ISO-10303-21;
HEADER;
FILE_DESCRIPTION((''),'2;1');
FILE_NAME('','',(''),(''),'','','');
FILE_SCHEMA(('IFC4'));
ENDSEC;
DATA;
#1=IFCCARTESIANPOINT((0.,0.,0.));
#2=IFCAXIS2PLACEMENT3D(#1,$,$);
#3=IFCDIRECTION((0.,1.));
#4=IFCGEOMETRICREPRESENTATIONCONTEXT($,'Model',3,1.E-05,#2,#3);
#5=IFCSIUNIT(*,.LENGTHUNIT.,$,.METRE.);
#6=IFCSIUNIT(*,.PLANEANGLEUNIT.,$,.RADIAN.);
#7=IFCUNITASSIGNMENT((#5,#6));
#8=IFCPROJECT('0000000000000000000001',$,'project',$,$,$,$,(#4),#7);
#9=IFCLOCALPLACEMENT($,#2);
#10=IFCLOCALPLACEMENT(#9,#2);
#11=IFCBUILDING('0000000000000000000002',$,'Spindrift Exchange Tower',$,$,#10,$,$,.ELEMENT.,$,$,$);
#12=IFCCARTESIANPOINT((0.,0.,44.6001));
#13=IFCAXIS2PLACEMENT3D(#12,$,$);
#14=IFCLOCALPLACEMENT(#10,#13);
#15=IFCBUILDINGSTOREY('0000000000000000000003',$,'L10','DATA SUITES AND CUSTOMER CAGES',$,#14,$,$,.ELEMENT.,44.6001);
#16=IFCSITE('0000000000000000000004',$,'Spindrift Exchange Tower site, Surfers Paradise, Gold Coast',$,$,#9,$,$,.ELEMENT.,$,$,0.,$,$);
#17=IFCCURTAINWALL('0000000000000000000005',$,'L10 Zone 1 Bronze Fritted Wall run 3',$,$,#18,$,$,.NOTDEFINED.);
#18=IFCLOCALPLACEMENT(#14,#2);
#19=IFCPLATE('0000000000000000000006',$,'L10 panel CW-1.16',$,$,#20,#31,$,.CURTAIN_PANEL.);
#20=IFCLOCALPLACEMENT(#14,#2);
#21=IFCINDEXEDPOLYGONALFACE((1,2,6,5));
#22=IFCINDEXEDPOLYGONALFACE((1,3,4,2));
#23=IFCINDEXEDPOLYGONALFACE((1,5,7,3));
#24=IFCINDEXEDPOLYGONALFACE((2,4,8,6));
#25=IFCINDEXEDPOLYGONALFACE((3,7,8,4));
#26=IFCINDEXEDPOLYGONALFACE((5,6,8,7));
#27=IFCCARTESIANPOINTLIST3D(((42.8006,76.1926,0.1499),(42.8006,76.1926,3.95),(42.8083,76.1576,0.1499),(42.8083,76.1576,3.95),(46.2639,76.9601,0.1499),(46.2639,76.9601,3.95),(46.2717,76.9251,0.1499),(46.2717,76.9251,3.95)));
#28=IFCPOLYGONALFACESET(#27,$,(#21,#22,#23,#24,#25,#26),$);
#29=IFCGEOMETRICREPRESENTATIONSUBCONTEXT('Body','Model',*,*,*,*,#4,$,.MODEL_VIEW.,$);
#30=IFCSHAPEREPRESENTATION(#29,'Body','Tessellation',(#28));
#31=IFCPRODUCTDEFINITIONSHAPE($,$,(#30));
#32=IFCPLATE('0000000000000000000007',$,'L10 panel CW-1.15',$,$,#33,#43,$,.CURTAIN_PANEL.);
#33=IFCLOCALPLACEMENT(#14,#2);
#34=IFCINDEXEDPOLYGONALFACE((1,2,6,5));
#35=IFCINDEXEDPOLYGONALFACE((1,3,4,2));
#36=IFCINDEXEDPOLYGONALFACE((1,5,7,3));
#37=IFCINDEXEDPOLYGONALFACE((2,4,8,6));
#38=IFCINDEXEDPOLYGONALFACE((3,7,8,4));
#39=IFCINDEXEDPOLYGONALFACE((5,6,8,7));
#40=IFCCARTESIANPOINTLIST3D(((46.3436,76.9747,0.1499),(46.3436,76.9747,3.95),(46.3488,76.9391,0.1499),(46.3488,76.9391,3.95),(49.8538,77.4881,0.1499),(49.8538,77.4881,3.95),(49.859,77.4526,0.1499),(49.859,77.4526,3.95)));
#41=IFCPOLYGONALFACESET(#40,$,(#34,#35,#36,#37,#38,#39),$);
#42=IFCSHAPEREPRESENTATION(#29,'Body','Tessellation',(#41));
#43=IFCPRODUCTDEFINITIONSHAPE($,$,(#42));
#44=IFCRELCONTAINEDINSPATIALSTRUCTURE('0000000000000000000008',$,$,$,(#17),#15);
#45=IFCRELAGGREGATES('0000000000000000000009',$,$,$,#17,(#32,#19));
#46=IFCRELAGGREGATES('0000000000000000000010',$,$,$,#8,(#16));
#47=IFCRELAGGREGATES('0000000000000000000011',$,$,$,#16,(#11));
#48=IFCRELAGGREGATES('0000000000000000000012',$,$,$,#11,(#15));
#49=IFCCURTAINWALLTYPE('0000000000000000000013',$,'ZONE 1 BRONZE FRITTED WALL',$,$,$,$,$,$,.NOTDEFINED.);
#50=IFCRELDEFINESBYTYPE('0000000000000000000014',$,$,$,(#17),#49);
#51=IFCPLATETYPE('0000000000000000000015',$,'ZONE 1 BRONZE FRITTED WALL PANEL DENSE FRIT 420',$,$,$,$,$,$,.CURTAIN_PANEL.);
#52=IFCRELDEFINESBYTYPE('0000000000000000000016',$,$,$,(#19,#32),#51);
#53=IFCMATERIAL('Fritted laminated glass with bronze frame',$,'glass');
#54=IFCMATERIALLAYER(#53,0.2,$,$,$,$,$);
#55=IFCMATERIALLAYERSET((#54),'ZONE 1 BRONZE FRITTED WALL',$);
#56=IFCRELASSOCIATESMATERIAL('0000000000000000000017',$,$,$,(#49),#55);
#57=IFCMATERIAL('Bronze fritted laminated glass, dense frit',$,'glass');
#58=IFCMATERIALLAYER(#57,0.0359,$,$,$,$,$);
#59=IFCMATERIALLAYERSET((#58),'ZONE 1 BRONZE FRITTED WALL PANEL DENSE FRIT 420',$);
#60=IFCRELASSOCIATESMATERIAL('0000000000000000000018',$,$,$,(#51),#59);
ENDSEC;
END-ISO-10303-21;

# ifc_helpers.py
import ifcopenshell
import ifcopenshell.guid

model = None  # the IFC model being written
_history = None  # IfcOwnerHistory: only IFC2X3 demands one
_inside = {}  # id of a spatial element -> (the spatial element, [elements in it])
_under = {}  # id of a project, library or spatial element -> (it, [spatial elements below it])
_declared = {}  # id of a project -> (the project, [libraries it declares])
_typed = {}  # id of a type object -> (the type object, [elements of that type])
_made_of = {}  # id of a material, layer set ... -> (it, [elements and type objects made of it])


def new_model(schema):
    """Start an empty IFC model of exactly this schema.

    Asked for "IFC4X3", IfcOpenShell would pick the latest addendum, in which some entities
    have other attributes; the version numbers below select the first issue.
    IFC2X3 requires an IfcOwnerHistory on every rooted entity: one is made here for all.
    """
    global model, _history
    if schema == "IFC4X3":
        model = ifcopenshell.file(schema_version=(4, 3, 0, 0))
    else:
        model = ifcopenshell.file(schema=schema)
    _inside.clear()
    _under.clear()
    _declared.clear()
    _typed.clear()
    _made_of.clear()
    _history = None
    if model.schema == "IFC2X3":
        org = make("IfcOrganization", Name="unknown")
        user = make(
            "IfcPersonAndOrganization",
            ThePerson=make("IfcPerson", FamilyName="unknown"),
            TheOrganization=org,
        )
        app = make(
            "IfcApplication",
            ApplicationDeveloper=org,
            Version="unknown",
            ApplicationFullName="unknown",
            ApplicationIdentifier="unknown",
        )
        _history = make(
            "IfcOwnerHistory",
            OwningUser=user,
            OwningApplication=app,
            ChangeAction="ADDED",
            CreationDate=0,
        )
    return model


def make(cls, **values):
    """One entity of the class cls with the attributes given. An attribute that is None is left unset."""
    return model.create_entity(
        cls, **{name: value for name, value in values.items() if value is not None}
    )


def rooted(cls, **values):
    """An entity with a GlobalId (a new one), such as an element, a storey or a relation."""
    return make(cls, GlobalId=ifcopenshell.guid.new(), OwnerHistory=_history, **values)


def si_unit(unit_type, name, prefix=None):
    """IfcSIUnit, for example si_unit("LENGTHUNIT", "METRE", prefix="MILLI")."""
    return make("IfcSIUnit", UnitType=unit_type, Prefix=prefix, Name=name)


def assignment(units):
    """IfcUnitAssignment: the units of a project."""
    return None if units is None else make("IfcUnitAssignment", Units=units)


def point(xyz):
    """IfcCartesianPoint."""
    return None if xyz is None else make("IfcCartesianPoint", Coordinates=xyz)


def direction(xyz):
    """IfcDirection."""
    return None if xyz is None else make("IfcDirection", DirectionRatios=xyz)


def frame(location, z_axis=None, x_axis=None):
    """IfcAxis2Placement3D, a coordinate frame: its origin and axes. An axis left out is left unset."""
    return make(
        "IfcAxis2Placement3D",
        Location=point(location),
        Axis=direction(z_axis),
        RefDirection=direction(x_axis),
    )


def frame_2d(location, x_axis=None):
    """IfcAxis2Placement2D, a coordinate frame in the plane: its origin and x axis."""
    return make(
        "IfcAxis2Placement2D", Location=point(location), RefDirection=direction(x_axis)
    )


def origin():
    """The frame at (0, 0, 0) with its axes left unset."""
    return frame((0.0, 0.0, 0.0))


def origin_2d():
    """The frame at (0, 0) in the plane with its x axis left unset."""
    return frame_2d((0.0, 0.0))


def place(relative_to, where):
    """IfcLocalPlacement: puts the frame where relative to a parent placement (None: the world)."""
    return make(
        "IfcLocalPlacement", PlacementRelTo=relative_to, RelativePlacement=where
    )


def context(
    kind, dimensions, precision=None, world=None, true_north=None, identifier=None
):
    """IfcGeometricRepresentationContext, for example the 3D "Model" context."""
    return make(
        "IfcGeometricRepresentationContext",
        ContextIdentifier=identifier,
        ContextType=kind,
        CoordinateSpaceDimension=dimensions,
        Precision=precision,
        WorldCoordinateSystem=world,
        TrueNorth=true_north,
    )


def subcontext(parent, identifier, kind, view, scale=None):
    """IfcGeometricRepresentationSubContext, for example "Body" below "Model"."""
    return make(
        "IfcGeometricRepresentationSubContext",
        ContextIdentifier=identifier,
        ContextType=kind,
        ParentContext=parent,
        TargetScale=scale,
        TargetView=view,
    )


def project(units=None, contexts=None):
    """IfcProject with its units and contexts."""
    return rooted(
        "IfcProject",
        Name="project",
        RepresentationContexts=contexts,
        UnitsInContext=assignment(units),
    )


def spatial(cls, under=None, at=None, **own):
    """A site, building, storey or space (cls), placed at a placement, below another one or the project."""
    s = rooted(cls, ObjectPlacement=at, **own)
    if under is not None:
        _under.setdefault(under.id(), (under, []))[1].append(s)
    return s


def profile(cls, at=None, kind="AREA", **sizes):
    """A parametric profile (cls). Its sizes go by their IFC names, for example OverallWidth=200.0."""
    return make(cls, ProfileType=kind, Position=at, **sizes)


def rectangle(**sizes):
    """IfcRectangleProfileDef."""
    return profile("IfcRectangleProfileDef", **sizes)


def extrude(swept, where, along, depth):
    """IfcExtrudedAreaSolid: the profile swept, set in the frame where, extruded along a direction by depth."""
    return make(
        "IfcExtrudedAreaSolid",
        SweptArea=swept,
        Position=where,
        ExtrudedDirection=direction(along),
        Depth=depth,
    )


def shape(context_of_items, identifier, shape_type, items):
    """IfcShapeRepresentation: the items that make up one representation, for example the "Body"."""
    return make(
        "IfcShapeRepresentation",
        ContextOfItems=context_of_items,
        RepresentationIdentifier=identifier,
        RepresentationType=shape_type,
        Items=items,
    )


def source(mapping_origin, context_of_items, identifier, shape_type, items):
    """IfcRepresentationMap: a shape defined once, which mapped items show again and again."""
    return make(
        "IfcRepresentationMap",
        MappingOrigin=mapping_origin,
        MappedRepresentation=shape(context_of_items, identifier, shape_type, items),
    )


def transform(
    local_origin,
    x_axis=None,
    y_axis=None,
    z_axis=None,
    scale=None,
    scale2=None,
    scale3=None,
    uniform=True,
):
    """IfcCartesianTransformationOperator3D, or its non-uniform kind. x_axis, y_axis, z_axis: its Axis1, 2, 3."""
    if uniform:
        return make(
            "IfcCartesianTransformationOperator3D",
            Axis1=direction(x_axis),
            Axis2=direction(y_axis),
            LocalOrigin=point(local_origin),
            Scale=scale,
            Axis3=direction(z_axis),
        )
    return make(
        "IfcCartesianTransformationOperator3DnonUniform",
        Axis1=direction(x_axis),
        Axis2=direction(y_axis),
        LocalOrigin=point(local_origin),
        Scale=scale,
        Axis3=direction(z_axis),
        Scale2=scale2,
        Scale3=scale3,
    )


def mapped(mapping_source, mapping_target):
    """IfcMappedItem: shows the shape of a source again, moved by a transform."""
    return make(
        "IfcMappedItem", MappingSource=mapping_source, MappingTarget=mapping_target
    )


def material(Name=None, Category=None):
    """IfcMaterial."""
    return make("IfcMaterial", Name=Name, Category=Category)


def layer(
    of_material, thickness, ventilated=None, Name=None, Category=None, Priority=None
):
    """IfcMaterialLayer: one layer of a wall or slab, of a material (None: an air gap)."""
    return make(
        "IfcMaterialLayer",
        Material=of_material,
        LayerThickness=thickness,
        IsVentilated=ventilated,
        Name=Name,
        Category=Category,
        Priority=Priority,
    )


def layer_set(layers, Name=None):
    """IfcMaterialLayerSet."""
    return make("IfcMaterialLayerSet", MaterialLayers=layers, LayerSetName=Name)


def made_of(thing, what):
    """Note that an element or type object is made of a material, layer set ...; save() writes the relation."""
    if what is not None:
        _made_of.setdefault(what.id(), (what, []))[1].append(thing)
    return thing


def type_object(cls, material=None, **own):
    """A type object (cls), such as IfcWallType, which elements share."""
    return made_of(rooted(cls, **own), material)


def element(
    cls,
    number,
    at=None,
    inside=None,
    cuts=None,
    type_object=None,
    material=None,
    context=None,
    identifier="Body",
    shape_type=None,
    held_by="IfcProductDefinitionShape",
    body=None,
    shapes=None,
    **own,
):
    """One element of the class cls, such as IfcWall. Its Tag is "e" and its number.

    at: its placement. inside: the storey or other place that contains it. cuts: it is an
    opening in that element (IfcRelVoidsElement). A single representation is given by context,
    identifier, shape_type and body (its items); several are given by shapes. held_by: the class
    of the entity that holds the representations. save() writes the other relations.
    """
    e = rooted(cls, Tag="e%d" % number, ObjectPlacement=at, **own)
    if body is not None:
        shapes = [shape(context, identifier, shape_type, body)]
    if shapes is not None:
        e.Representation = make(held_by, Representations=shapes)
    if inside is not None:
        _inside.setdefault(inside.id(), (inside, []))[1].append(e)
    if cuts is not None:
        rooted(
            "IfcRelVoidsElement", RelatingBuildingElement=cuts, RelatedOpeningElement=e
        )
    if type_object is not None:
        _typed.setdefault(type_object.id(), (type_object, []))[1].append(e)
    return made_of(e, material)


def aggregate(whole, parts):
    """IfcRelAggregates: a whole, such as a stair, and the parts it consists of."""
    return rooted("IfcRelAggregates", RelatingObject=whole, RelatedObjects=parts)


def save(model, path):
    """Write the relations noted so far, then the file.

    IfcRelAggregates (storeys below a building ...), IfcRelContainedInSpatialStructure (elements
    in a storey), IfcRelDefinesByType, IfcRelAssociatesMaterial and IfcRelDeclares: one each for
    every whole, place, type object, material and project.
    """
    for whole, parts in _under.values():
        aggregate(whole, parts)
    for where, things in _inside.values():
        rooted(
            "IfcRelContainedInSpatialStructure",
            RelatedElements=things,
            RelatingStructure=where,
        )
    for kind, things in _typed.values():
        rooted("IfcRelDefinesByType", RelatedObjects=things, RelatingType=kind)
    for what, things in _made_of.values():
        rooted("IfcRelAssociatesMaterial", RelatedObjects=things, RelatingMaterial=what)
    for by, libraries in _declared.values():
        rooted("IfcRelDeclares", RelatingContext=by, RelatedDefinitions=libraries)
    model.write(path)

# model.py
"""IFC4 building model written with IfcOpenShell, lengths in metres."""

from ifc_helpers import new_model, si_unit, direction, frame, origin, origin_2d, place, context, subcontext, project, spatial, rectangle, extrude, source, transform, mapped, material, layer, layer_set, type_object, element, aggregate, save


model = new_model("IFC4")

# Units and contexts
model_context = context("Model", 3, precision=1e-05, world=origin(), true_north=direction((0.0, 1.0)))
body_context = subcontext(model_context, "Body", "Model", "MODEL_VIEW")
ifc_project = project(units=[si_unit("LENGTHUNIT", "METRE"), si_unit("PLANEANGLEUNIT", "RADIAN")], contexts=[model_context])

# Site, building, storey
site_placement = place(None, origin())
site = spatial("IfcSite", under=ifc_project, at=site_placement, Name="Spindrift Exchange Tower site, Surfers Paradise, Gold Coast", CompositionType="ELEMENT", RefElevation=0.0)
building_placement = place(site_placement, origin())
building = spatial("IfcBuilding", under=site, at=building_placement, Name="Spindrift Exchange Tower", CompositionType="ELEMENT")
storey_placement = place(building_placement, frame((0.0, 0.0, 44.6001)))
storey = spatial("IfcBuildingStorey", under=building, at=storey_placement, Name="L10", Description="DATA SUITES AND CUSTOMER CAGES", CompositionType="ELEMENT", Elevation=44.6001)

# Curtain wall, plates
ifc_material_1 = material(Name="Fritted laminated glass with bronze frame", Category="glass")
ifc_layer_1 = layer(ifc_material_1, 0.2)
ifc_layer_set_1 = layer_set([ifc_layer_1], Name="ZONE 1 BRONZE FRITTED WALL")
curtain_wall_type = type_object("IfcCurtainWallType", Name="ZONE 1 BRONZE FRITTED WALL", PredefinedType="NOTDEFINED", material=ifc_layer_set_1)
curtain_wall_placement = place(storey_placement, origin())
curtain_wall = element("IfcCurtainWall", 1, at=curtain_wall_placement, inside=storey, type_object=curtain_wall_type, Name="L10 Zone 1 Bronze Fritted Wall run 3", PredefinedType="NOTDEFINED")
ifc_material_2 = material(Name="Bronze fritted laminated glass, dense frit", Category="glass")
ifc_layer_2 = layer(ifc_material_2, 0.0359)
ifc_layer_set_2 = layer_set([ifc_layer_2], Name="ZONE 1 BRONZE FRITTED WALL PANEL DENSE FRIT 420")
plate_type_1 = type_object("IfcPlateType", Name="ZONE 1 BRONZE FRITTED WALL PANEL DENSE FRIT 420", PredefinedType="CURTAIN_PANEL", material=ifc_layer_set_2)
shared_shape_1 = source(origin(), body_context, "Body", "SweptSolid", [
    extrude(rectangle(XDim=3.5474, YDim=0.0359, at=origin_2d()), origin(), (0.0, 0.0, 1.0), 3.8),
])
plate_1_placement = place(storey_placement, frame((44.5361, 76.5588, 0.1499), z_axis=(0.0, 0.0, 1.0), x_axis=(-0.976314, -0.216358, 0.0)))
plate_1 = element("IfcPlate", 2, at=plate_1_placement, type_object=plate_type_1, Name="L10 panel CW-1.16", PredefinedType="CURTAIN_PANEL", context=body_context, shape_type="MappedRepresentation", body=[
    mapped(shared_shape_1, transform((0.0, 0.0, 0.0), scale=1.0)),
])
shared_shape_2 = source(origin(), body_context, "Body", "SweptSolid", [
    extrude(rectangle(XDim=3.5476, YDim=0.0359, at=origin_2d()), origin(), (0.0, 0.0, 1.0), 3.8),
])
plate_2_placement = place(storey_placement, frame((48.1013, 77.2136, 0.1499), z_axis=(0.0, 0.0, 1.0), x_axis=(-0.989472, -0.144728, 0.0)))
plate_2 = element("IfcPlate", 3, at=plate_2_placement, type_object=plate_type_1, Name="L10 panel CW-1.15", PredefinedType="CURTAIN_PANEL", context=body_context, shape_type="MappedRepresentation", body=[
    mapped(shared_shape_2, transform((0.0, 0.0, 0.0), scale=1.0)),
])
aggregate(curtain_wall, [plate_2, plate_1])

save(model, "model.ifc")
